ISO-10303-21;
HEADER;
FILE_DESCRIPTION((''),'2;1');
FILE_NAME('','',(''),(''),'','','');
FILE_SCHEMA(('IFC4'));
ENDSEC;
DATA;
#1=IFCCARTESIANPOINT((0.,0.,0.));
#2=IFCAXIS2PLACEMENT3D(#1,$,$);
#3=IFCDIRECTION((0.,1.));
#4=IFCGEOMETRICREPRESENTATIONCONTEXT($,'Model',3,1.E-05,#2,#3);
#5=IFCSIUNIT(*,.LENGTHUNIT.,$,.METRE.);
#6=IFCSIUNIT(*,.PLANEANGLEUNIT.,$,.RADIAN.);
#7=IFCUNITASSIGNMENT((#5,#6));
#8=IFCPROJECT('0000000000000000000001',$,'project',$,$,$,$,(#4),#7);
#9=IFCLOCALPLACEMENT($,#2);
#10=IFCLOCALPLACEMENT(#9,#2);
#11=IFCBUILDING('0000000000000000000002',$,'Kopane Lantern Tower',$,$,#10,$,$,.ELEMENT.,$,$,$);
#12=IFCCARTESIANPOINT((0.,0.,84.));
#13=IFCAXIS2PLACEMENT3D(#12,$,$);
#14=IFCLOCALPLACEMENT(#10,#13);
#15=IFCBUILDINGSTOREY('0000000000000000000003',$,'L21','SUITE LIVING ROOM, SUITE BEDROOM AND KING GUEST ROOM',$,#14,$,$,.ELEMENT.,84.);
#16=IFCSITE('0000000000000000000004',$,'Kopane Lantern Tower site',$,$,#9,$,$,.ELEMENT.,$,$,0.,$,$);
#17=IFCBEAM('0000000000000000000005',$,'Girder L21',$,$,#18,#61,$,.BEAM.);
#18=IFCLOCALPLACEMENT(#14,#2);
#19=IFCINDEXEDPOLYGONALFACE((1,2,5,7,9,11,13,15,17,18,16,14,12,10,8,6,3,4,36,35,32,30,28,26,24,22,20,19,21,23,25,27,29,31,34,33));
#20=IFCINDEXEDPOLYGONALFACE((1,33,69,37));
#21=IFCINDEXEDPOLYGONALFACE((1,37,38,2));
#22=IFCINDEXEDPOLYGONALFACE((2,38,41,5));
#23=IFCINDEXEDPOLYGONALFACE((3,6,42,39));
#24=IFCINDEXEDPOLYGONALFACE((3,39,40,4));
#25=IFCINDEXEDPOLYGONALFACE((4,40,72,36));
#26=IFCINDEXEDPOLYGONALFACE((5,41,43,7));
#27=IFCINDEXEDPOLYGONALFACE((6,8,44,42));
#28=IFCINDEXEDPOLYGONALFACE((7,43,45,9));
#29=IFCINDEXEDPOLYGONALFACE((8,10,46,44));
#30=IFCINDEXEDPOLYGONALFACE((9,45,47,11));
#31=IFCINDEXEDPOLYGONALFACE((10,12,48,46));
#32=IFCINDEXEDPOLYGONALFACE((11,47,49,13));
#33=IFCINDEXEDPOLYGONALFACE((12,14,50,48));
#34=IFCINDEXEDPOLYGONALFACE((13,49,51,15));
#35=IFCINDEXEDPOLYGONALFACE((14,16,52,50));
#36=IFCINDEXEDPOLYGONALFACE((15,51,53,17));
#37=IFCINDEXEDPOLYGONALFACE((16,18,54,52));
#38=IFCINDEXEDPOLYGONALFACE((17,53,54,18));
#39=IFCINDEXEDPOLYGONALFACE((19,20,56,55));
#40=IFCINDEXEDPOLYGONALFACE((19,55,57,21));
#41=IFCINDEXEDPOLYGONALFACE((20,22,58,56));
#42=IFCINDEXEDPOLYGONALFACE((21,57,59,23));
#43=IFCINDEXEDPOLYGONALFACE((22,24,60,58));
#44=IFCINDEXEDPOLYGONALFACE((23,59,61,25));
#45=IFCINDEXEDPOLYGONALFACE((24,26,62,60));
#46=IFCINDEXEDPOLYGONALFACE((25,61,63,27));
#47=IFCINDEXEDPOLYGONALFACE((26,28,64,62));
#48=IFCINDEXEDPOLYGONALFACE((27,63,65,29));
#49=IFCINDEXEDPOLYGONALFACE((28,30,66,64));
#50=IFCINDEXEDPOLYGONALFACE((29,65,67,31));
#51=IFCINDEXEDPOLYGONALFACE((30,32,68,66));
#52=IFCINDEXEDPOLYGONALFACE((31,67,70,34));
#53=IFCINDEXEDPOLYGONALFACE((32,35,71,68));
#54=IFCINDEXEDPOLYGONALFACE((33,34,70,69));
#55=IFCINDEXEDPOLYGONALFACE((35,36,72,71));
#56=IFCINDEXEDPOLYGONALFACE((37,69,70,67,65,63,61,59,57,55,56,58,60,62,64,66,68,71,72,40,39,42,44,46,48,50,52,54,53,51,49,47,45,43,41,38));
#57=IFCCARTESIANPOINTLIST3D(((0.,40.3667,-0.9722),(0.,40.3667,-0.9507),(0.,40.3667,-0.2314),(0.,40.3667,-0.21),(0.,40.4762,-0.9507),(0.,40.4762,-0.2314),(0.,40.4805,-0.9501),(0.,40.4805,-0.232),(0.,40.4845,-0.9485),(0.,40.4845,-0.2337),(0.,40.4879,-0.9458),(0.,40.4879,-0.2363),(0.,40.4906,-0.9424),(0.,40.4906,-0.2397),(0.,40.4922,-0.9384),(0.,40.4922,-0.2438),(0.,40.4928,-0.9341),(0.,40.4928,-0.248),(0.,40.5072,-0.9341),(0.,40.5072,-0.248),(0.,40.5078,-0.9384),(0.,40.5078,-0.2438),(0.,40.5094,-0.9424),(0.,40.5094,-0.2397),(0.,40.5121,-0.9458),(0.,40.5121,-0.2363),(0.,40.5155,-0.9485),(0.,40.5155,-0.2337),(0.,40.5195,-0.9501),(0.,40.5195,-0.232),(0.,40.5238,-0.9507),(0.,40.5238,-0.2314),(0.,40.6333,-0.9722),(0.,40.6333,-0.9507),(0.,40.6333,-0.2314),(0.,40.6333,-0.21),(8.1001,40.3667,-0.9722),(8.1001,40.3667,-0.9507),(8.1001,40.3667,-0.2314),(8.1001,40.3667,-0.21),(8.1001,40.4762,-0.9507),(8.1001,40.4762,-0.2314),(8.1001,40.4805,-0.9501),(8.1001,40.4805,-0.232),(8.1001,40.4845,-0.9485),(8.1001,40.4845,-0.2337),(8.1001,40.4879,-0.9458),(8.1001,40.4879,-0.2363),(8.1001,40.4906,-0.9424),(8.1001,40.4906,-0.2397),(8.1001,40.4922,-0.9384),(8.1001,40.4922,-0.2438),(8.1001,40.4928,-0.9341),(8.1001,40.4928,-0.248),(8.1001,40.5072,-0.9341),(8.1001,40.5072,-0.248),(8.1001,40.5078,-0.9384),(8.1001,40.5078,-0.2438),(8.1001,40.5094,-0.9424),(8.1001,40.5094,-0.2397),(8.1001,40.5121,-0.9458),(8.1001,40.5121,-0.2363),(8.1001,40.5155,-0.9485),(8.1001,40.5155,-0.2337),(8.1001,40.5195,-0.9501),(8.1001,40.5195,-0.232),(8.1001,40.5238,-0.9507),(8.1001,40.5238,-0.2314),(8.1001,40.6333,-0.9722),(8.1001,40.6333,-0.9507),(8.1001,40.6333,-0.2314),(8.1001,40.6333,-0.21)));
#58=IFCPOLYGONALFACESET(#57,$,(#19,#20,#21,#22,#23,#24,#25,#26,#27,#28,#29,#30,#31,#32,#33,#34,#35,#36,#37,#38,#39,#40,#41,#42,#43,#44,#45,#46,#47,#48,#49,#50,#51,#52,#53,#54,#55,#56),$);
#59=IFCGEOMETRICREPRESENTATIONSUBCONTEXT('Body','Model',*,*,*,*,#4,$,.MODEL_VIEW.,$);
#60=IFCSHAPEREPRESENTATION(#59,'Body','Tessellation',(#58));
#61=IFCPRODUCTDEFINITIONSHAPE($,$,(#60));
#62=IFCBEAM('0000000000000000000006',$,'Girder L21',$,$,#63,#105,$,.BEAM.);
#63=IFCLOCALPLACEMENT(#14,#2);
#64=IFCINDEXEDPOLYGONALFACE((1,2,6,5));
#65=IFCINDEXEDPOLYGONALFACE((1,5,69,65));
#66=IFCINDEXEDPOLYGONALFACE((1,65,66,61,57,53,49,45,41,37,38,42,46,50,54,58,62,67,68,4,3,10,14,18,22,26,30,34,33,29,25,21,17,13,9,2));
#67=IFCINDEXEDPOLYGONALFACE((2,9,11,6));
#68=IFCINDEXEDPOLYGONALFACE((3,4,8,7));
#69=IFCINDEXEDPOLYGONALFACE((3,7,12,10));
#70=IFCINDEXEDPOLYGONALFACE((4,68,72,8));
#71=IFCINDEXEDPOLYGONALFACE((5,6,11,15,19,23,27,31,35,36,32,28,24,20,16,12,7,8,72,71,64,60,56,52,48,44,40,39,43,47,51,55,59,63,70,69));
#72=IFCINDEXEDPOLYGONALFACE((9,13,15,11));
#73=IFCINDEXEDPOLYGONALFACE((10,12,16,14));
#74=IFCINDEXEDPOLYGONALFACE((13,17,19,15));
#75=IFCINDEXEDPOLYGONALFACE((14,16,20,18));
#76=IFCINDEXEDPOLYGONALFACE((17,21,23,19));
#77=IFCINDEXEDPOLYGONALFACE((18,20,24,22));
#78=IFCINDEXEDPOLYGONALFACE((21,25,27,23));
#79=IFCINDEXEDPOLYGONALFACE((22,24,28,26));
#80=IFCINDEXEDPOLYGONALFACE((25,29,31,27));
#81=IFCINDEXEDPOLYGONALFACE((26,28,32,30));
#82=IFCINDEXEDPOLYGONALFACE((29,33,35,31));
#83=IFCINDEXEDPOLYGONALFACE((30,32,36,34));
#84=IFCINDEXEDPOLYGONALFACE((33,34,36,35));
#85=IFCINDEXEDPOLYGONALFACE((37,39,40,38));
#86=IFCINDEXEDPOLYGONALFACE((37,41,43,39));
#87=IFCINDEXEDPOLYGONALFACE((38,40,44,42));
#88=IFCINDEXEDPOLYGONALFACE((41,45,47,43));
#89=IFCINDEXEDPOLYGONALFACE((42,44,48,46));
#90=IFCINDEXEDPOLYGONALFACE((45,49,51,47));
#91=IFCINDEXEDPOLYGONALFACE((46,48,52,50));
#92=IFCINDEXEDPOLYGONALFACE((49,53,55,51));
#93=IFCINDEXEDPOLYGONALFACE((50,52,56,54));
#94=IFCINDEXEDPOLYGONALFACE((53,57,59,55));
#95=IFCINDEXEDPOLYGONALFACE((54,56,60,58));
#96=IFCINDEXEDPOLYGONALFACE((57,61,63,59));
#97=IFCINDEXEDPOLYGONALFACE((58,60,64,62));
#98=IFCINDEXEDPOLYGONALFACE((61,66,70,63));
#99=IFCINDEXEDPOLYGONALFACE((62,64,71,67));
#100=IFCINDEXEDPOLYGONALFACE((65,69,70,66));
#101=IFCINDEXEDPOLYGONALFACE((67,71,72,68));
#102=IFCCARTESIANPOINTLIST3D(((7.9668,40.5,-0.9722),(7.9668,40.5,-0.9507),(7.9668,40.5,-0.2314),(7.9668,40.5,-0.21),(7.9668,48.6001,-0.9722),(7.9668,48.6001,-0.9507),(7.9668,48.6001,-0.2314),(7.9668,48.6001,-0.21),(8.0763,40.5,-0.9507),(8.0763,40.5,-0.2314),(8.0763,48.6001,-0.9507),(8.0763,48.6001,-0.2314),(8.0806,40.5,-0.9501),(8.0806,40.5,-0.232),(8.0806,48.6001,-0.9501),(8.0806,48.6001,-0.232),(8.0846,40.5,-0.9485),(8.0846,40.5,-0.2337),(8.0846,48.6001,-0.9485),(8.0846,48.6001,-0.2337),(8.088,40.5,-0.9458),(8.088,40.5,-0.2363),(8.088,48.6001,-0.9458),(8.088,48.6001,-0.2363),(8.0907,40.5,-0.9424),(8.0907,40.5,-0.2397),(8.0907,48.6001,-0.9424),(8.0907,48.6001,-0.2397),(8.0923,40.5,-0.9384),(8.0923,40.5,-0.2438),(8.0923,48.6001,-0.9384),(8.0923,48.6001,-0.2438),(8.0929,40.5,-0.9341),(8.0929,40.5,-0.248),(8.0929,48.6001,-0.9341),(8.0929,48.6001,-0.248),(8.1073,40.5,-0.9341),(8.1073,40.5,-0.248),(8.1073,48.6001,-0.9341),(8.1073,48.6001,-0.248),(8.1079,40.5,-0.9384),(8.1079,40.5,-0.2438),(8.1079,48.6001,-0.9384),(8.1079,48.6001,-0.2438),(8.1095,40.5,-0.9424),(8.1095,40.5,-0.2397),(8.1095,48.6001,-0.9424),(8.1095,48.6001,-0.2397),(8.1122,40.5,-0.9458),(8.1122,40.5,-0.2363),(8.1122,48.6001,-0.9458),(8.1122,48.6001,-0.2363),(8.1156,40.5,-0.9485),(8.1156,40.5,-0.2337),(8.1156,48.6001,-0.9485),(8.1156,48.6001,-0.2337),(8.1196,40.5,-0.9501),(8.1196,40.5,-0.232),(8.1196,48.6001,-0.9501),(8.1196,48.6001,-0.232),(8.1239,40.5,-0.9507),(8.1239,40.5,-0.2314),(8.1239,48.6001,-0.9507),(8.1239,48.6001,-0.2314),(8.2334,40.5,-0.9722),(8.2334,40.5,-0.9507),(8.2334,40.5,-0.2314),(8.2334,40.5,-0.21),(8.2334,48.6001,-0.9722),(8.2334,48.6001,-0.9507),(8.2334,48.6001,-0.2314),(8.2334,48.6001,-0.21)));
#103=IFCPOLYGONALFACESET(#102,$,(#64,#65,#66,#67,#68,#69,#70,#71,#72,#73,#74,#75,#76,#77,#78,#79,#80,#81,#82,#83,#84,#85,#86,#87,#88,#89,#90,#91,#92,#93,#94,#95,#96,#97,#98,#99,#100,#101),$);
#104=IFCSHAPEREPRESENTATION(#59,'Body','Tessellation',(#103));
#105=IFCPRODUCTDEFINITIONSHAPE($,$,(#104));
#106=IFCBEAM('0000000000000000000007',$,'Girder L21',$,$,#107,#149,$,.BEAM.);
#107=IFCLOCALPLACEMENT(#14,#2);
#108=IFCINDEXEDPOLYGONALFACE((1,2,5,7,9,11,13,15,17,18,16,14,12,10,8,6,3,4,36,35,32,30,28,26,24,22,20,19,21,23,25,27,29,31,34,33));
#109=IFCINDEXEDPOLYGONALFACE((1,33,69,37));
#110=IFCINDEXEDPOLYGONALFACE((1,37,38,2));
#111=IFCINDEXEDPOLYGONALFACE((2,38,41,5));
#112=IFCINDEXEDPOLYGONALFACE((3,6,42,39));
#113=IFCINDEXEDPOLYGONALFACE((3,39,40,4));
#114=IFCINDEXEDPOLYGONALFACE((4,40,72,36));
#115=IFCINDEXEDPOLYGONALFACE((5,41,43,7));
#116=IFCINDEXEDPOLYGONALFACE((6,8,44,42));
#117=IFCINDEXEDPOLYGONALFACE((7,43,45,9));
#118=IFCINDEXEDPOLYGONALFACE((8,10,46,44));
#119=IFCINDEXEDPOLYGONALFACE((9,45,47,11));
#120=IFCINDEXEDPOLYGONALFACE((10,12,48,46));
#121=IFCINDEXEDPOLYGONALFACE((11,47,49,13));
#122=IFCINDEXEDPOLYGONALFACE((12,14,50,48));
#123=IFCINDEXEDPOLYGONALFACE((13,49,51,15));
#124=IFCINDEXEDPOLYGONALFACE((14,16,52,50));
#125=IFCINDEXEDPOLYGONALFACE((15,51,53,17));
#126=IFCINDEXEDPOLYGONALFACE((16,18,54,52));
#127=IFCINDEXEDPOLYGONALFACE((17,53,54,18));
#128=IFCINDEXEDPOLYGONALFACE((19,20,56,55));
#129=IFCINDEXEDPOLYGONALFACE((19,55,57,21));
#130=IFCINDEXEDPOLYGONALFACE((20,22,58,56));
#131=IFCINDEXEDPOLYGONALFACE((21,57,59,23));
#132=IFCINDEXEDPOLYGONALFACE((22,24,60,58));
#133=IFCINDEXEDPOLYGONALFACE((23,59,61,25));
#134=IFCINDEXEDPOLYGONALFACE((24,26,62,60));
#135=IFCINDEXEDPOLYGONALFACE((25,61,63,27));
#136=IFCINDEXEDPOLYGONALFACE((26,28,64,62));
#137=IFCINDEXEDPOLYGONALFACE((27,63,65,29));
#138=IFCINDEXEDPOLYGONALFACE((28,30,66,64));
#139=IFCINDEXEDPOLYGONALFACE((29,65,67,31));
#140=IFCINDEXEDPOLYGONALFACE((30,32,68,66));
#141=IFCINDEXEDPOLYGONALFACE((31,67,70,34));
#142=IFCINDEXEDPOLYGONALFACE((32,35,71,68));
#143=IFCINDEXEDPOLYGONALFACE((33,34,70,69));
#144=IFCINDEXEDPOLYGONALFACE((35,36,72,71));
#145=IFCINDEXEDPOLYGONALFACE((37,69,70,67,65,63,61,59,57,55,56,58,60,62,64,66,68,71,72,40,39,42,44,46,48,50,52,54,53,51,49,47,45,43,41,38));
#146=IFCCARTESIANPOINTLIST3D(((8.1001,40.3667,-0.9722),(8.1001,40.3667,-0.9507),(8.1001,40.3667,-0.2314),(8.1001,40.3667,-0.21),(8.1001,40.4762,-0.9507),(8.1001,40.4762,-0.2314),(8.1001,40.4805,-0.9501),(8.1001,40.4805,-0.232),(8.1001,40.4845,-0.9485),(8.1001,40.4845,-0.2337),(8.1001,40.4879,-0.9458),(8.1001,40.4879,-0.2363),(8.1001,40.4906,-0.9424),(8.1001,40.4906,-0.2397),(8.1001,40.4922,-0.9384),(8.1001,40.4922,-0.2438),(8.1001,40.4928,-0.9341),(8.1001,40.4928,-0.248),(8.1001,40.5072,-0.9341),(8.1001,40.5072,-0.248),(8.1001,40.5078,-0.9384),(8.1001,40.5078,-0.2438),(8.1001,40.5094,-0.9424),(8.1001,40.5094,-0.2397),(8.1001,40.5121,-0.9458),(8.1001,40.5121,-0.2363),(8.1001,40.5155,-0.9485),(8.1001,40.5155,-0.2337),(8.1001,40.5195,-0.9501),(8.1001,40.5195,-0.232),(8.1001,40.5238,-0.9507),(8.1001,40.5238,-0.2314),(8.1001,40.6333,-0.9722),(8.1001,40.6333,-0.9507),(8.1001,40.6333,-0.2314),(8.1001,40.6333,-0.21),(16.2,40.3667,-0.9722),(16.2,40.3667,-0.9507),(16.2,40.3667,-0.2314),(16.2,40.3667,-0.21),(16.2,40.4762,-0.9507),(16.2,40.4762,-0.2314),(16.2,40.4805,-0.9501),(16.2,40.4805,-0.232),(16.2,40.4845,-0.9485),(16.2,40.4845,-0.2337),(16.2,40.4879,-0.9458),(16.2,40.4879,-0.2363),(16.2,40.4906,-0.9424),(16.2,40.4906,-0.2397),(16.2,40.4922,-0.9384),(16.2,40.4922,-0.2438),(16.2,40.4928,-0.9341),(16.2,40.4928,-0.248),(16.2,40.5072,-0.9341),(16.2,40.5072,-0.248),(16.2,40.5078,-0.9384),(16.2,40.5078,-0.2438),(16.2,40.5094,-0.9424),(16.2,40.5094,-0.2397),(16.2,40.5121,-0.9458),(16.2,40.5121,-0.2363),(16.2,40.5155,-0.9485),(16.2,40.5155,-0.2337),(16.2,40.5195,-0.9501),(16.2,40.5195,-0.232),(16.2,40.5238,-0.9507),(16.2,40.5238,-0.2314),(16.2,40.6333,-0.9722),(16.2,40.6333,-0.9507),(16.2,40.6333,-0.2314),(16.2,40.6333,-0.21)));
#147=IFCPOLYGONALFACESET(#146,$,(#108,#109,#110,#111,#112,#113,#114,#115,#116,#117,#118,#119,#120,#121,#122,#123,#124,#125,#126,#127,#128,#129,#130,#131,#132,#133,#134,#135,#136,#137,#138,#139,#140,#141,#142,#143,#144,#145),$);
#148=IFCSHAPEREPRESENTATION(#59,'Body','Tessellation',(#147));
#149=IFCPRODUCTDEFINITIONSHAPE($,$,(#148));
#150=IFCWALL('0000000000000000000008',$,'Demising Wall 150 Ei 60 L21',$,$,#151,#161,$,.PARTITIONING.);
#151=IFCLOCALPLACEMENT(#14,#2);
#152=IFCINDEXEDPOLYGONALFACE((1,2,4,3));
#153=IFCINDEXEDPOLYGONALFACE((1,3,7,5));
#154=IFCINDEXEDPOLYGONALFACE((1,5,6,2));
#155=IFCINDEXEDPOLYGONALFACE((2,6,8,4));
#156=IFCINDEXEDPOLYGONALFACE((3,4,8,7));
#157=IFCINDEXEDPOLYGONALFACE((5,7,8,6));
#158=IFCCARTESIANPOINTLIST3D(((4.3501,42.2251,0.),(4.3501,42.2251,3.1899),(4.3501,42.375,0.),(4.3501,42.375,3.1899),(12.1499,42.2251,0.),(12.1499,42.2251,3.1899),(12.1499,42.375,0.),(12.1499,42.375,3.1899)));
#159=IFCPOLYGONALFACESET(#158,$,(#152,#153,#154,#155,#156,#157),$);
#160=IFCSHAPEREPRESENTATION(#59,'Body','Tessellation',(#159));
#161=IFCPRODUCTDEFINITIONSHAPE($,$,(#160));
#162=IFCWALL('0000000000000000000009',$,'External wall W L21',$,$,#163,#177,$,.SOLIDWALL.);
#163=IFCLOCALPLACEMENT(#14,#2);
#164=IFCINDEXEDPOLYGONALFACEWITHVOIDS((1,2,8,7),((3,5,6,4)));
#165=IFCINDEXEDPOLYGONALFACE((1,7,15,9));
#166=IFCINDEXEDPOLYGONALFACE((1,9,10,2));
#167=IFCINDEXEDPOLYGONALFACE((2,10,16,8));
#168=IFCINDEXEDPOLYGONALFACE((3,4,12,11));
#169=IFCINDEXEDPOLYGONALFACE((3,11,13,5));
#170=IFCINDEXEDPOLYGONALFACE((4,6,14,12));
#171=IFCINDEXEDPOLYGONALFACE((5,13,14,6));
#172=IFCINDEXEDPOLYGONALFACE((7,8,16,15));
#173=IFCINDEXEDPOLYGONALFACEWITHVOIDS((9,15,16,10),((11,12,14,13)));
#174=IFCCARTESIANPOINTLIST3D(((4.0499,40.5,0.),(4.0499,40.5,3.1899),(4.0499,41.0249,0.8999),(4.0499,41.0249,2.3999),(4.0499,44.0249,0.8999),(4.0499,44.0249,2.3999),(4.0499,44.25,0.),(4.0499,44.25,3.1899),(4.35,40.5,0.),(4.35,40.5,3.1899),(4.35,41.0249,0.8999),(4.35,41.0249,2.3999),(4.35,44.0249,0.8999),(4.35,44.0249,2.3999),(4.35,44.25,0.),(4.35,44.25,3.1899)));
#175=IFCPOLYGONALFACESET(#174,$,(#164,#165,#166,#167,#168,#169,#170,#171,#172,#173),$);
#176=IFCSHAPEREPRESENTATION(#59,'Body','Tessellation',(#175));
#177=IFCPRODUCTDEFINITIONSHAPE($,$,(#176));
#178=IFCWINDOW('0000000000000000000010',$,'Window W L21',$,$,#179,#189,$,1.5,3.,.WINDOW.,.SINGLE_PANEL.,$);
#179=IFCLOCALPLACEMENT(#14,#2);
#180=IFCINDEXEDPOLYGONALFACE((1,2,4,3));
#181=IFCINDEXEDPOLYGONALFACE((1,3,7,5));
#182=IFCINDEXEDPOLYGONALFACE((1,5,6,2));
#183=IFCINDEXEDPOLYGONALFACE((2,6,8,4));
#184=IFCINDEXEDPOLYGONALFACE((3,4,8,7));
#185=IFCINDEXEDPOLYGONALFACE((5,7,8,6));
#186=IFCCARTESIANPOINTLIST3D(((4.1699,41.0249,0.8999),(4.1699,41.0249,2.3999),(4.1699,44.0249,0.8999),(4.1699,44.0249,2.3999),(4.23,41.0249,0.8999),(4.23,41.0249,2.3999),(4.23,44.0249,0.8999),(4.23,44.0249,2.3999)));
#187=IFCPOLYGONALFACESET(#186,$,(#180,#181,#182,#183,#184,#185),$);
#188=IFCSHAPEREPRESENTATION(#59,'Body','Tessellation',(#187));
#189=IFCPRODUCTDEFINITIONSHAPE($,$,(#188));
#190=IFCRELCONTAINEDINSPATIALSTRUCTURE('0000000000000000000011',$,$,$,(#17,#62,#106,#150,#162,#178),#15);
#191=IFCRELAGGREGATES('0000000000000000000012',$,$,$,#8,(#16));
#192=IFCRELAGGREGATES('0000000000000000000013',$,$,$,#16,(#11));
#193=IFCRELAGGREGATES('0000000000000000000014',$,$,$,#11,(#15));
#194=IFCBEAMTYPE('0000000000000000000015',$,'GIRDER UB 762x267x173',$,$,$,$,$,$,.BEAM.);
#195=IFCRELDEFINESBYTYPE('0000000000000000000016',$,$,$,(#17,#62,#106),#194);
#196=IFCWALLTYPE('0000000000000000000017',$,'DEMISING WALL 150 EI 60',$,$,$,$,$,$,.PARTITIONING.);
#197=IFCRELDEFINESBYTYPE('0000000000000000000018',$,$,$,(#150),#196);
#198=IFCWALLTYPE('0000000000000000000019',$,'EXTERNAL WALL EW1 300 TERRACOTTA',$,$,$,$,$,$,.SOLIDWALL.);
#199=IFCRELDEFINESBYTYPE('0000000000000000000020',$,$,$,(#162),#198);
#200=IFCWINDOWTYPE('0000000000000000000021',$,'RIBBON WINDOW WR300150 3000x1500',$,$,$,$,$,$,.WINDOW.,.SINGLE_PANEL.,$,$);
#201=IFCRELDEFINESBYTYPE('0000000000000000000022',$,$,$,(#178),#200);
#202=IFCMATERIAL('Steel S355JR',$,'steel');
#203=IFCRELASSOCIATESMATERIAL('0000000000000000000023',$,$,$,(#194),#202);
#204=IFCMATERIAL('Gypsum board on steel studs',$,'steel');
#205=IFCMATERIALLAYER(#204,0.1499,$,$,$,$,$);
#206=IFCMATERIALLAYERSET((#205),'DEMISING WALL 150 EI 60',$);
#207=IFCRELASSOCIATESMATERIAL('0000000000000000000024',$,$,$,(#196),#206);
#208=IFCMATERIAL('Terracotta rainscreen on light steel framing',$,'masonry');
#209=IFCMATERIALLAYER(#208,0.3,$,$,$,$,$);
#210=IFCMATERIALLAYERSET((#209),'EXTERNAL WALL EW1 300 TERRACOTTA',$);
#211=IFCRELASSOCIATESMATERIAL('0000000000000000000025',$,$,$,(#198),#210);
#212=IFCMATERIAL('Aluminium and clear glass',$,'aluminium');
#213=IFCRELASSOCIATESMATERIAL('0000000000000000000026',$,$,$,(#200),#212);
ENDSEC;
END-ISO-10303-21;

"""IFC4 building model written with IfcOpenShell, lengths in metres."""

from ifc_helpers import new_model, si_unit, direction, frame, frame_2d, origin, origin_2d, place, context, subcontext, project, spatial, rectangle, i_section, extrude, material, layer, layer_set, material_profile, profile_set, type_object, element, fill, save


model = new_model("IFC4")

# Units and contexts
model_context = context("Model", 3, precision=1e-05, world=origin(), true_north=direction((0.0, 1.0)))
body_context = subcontext(model_context, "Body", "Model", "MODEL_VIEW")
ifc_project = project(units=[si_unit("LENGTHUNIT", "METRE"), si_unit("PLANEANGLEUNIT", "RADIAN")], contexts=[model_context])

# Site, building, storey
site_placement = place(None, origin())
site = spatial("IfcSite", under=ifc_project, at=site_placement, Name="Kopane Lantern Tower site", CompositionType="ELEMENT", RefElevation=0.0)
building_placement = place(site_placement, origin())
building = spatial("IfcBuilding", under=site, at=building_placement, Name="Kopane Lantern Tower", CompositionType="ELEMENT")
storey_placement = place(building_placement, frame((0.0, 0.0, 84.0)))
storey = spatial("IfcBuildingStorey", under=building, at=storey_placement, Name="L21", Description="SUITE LIVING ROOM, SUITE BEDROOM AND KING GUEST ROOM", CompositionType="ELEMENT", Elevation=84.0)

# Beams
ifc_material_1 = material(Name="Steel S355JR", Category="steel")
ifc_material_profile_1 = material_profile(ifc_material_1, i_section(OverallWidth=0.2666, OverallDepth=0.7622, WebThickness=0.0144, FlangeThickness=0.0215, FilletRadius=0.0166, at=origin_2d()), Name="UB 762x267x173")
ifc_profile_set_1 = profile_set([ifc_material_profile_1], Name="Steel S355JR")
beam_type_1 = type_object("IfcBeamType", Name="GIRDER UB 762x267x173", PredefinedType="BEAM", material=ifc_profile_set_1)
for number, where, z_axis, x_axis, name in (
    (1, (0.0, 40.5, -0.5911), (1.0, 0.0, 0.0), (0.0, 1.0, 0.0), "Girder L21"),
    (2, (8.1001, 40.5, -0.5911), (0.0, 1.0, 0.0), (-1.0, 0.0, 0.0), "Girder L21"),
):
    element("IfcBeam", number, at=place(storey_placement, frame(where, z_axis=z_axis, x_axis=x_axis)), inside=storey, type_object=beam_type_1, Name=name, PredefinedType="BEAM", context=body_context, shape_type="SweptSolid", body=[
        extrude(i_section(OverallWidth=0.2666, OverallDepth=0.7622, WebThickness=0.0144, FlangeThickness=0.0215, FilletRadius=0.0166, at=origin_2d()), origin(), (0.0, 0.0, 1.0), 8.1001),
    ])
beam_1_placement = place(storey_placement, frame((8.1001, 40.5, -0.5911), z_axis=(1.0, 0.0, 0.0), x_axis=(0.0, 1.0, 0.0)))
element("IfcBeam", 3, at=beam_1_placement, inside=storey, type_object=beam_type_1, Name="Girder L21", PredefinedType="BEAM", context=body_context, shape_type="SweptSolid", body=[
    extrude(i_section(OverallWidth=0.2666, OverallDepth=0.7622, WebThickness=0.0144, FlangeThickness=0.0215, FilletRadius=0.0166, at=origin_2d()), origin(), (0.0, 0.0, 1.0), 8.0999),
])

# Wall
ifc_material_2 = material(Name="Gypsum board on steel studs", Category="steel")
ifc_layer_1 = layer(ifc_material_2, 0.1499)
ifc_layer_set_1 = layer_set([ifc_layer_1], Name="DEMISING WALL 150 EI 60")
wall_type_1 = type_object("IfcWallType", Name="DEMISING WALL 150 EI 60", PredefinedType="PARTITIONING", material=ifc_layer_set_1)
wall_1_placement = place(storey_placement, frame((4.3501, 42.3, 0.0), z_axis=(0.0, 0.0, 1.0), x_axis=(1.0, 0.0, 0.0)))
element("IfcWall", 4, at=wall_1_placement, inside=storey, type_object=wall_type_1, Name="Demising Wall 150 Ei 60 L21", PredefinedType="PARTITIONING", context=body_context, shape_type="SweptSolid", body=[
    extrude(rectangle(XDim=7.7998, YDim=0.1499, at=frame_2d((3.8999, 0.0))), origin(), (0.0, 0.0, 1.0), 3.1899),
])

# Wall, opening, window
ifc_material_3 = material(Name="Terracotta rainscreen on light steel framing", Category="masonry")
ifc_layer_2 = layer(ifc_material_3, 0.3)
ifc_layer_set_2 = layer_set([ifc_layer_2], Name="EXTERNAL WALL EW1 300 TERRACOTTA")
wall_type_2 = type_object("IfcWallType", Name="EXTERNAL WALL EW1 300 TERRACOTTA", PredefinedType="SOLIDWALL", material=ifc_layer_set_2)
wall_2_placement = place(storey_placement, frame((4.2, 44.25, 0.0), z_axis=(0.0, 0.0, 1.0), x_axis=(0.0, -1.0, 0.0)))
wall_2 = element("IfcWall", 5, at=wall_2_placement, inside=storey, type_object=wall_type_2, Name="External wall W L21", PredefinedType="SOLIDWALL", context=body_context, shape_type="SweptSolid", body=[
    extrude(rectangle(XDim=3.75, YDim=0.3, at=frame_2d((1.875, 0.0))), origin(), (0.0, 0.0, 1.0), 3.1899),
])
opening_placement = place(wall_2_placement, frame((0.2251, 0.0, 0.8999)))
opening = element("IfcOpeningElement", 6, at=opening_placement, cuts=wall_2, PredefinedType="OPENING", context=body_context, shape_type="SweptSolid", body=[
    extrude(rectangle(XDim=3.0, YDim=1.5, at=frame_2d((1.5, 0.75))), frame((0.0, 0.1599, 0.0), z_axis=(0.0, -1.0, 0.0), x_axis=(1.0, 0.0, 0.0)), (0.0, 0.0, 1.0), 0.3201),
])
ifc_material_4 = material(Name="Aluminium and clear glass", Category="aluminium")
window_type = type_object("IfcWindowType", Name="RIBBON WINDOW WR300150 3000x1500", PartitioningType="SINGLE_PANEL", PredefinedType="WINDOW", material=ifc_material_4)
window_placement = place(opening_placement, origin())
window = element("IfcWindow", 7, at=window_placement, inside=storey, type_object=window_type, Name="Window W L21", OverallHeight=1.5, OverallWidth=3.0, PartitioningType="SINGLE_PANEL", PredefinedType="WINDOW", context=body_context, shape_type="SweptSolid", body=[
    extrude(rectangle(XDim=3.0, YDim=1.5, at=frame_2d((1.5, 0.75))), frame((0.0, 0.03, 0.0), z_axis=(0.0, -1.0, 0.0), x_axis=(1.0, 0.0, 0.0)), (0.0, 0.0, 1.0), 0.0601),
])
fill(opening, window)

save(model, "model.ifc")
